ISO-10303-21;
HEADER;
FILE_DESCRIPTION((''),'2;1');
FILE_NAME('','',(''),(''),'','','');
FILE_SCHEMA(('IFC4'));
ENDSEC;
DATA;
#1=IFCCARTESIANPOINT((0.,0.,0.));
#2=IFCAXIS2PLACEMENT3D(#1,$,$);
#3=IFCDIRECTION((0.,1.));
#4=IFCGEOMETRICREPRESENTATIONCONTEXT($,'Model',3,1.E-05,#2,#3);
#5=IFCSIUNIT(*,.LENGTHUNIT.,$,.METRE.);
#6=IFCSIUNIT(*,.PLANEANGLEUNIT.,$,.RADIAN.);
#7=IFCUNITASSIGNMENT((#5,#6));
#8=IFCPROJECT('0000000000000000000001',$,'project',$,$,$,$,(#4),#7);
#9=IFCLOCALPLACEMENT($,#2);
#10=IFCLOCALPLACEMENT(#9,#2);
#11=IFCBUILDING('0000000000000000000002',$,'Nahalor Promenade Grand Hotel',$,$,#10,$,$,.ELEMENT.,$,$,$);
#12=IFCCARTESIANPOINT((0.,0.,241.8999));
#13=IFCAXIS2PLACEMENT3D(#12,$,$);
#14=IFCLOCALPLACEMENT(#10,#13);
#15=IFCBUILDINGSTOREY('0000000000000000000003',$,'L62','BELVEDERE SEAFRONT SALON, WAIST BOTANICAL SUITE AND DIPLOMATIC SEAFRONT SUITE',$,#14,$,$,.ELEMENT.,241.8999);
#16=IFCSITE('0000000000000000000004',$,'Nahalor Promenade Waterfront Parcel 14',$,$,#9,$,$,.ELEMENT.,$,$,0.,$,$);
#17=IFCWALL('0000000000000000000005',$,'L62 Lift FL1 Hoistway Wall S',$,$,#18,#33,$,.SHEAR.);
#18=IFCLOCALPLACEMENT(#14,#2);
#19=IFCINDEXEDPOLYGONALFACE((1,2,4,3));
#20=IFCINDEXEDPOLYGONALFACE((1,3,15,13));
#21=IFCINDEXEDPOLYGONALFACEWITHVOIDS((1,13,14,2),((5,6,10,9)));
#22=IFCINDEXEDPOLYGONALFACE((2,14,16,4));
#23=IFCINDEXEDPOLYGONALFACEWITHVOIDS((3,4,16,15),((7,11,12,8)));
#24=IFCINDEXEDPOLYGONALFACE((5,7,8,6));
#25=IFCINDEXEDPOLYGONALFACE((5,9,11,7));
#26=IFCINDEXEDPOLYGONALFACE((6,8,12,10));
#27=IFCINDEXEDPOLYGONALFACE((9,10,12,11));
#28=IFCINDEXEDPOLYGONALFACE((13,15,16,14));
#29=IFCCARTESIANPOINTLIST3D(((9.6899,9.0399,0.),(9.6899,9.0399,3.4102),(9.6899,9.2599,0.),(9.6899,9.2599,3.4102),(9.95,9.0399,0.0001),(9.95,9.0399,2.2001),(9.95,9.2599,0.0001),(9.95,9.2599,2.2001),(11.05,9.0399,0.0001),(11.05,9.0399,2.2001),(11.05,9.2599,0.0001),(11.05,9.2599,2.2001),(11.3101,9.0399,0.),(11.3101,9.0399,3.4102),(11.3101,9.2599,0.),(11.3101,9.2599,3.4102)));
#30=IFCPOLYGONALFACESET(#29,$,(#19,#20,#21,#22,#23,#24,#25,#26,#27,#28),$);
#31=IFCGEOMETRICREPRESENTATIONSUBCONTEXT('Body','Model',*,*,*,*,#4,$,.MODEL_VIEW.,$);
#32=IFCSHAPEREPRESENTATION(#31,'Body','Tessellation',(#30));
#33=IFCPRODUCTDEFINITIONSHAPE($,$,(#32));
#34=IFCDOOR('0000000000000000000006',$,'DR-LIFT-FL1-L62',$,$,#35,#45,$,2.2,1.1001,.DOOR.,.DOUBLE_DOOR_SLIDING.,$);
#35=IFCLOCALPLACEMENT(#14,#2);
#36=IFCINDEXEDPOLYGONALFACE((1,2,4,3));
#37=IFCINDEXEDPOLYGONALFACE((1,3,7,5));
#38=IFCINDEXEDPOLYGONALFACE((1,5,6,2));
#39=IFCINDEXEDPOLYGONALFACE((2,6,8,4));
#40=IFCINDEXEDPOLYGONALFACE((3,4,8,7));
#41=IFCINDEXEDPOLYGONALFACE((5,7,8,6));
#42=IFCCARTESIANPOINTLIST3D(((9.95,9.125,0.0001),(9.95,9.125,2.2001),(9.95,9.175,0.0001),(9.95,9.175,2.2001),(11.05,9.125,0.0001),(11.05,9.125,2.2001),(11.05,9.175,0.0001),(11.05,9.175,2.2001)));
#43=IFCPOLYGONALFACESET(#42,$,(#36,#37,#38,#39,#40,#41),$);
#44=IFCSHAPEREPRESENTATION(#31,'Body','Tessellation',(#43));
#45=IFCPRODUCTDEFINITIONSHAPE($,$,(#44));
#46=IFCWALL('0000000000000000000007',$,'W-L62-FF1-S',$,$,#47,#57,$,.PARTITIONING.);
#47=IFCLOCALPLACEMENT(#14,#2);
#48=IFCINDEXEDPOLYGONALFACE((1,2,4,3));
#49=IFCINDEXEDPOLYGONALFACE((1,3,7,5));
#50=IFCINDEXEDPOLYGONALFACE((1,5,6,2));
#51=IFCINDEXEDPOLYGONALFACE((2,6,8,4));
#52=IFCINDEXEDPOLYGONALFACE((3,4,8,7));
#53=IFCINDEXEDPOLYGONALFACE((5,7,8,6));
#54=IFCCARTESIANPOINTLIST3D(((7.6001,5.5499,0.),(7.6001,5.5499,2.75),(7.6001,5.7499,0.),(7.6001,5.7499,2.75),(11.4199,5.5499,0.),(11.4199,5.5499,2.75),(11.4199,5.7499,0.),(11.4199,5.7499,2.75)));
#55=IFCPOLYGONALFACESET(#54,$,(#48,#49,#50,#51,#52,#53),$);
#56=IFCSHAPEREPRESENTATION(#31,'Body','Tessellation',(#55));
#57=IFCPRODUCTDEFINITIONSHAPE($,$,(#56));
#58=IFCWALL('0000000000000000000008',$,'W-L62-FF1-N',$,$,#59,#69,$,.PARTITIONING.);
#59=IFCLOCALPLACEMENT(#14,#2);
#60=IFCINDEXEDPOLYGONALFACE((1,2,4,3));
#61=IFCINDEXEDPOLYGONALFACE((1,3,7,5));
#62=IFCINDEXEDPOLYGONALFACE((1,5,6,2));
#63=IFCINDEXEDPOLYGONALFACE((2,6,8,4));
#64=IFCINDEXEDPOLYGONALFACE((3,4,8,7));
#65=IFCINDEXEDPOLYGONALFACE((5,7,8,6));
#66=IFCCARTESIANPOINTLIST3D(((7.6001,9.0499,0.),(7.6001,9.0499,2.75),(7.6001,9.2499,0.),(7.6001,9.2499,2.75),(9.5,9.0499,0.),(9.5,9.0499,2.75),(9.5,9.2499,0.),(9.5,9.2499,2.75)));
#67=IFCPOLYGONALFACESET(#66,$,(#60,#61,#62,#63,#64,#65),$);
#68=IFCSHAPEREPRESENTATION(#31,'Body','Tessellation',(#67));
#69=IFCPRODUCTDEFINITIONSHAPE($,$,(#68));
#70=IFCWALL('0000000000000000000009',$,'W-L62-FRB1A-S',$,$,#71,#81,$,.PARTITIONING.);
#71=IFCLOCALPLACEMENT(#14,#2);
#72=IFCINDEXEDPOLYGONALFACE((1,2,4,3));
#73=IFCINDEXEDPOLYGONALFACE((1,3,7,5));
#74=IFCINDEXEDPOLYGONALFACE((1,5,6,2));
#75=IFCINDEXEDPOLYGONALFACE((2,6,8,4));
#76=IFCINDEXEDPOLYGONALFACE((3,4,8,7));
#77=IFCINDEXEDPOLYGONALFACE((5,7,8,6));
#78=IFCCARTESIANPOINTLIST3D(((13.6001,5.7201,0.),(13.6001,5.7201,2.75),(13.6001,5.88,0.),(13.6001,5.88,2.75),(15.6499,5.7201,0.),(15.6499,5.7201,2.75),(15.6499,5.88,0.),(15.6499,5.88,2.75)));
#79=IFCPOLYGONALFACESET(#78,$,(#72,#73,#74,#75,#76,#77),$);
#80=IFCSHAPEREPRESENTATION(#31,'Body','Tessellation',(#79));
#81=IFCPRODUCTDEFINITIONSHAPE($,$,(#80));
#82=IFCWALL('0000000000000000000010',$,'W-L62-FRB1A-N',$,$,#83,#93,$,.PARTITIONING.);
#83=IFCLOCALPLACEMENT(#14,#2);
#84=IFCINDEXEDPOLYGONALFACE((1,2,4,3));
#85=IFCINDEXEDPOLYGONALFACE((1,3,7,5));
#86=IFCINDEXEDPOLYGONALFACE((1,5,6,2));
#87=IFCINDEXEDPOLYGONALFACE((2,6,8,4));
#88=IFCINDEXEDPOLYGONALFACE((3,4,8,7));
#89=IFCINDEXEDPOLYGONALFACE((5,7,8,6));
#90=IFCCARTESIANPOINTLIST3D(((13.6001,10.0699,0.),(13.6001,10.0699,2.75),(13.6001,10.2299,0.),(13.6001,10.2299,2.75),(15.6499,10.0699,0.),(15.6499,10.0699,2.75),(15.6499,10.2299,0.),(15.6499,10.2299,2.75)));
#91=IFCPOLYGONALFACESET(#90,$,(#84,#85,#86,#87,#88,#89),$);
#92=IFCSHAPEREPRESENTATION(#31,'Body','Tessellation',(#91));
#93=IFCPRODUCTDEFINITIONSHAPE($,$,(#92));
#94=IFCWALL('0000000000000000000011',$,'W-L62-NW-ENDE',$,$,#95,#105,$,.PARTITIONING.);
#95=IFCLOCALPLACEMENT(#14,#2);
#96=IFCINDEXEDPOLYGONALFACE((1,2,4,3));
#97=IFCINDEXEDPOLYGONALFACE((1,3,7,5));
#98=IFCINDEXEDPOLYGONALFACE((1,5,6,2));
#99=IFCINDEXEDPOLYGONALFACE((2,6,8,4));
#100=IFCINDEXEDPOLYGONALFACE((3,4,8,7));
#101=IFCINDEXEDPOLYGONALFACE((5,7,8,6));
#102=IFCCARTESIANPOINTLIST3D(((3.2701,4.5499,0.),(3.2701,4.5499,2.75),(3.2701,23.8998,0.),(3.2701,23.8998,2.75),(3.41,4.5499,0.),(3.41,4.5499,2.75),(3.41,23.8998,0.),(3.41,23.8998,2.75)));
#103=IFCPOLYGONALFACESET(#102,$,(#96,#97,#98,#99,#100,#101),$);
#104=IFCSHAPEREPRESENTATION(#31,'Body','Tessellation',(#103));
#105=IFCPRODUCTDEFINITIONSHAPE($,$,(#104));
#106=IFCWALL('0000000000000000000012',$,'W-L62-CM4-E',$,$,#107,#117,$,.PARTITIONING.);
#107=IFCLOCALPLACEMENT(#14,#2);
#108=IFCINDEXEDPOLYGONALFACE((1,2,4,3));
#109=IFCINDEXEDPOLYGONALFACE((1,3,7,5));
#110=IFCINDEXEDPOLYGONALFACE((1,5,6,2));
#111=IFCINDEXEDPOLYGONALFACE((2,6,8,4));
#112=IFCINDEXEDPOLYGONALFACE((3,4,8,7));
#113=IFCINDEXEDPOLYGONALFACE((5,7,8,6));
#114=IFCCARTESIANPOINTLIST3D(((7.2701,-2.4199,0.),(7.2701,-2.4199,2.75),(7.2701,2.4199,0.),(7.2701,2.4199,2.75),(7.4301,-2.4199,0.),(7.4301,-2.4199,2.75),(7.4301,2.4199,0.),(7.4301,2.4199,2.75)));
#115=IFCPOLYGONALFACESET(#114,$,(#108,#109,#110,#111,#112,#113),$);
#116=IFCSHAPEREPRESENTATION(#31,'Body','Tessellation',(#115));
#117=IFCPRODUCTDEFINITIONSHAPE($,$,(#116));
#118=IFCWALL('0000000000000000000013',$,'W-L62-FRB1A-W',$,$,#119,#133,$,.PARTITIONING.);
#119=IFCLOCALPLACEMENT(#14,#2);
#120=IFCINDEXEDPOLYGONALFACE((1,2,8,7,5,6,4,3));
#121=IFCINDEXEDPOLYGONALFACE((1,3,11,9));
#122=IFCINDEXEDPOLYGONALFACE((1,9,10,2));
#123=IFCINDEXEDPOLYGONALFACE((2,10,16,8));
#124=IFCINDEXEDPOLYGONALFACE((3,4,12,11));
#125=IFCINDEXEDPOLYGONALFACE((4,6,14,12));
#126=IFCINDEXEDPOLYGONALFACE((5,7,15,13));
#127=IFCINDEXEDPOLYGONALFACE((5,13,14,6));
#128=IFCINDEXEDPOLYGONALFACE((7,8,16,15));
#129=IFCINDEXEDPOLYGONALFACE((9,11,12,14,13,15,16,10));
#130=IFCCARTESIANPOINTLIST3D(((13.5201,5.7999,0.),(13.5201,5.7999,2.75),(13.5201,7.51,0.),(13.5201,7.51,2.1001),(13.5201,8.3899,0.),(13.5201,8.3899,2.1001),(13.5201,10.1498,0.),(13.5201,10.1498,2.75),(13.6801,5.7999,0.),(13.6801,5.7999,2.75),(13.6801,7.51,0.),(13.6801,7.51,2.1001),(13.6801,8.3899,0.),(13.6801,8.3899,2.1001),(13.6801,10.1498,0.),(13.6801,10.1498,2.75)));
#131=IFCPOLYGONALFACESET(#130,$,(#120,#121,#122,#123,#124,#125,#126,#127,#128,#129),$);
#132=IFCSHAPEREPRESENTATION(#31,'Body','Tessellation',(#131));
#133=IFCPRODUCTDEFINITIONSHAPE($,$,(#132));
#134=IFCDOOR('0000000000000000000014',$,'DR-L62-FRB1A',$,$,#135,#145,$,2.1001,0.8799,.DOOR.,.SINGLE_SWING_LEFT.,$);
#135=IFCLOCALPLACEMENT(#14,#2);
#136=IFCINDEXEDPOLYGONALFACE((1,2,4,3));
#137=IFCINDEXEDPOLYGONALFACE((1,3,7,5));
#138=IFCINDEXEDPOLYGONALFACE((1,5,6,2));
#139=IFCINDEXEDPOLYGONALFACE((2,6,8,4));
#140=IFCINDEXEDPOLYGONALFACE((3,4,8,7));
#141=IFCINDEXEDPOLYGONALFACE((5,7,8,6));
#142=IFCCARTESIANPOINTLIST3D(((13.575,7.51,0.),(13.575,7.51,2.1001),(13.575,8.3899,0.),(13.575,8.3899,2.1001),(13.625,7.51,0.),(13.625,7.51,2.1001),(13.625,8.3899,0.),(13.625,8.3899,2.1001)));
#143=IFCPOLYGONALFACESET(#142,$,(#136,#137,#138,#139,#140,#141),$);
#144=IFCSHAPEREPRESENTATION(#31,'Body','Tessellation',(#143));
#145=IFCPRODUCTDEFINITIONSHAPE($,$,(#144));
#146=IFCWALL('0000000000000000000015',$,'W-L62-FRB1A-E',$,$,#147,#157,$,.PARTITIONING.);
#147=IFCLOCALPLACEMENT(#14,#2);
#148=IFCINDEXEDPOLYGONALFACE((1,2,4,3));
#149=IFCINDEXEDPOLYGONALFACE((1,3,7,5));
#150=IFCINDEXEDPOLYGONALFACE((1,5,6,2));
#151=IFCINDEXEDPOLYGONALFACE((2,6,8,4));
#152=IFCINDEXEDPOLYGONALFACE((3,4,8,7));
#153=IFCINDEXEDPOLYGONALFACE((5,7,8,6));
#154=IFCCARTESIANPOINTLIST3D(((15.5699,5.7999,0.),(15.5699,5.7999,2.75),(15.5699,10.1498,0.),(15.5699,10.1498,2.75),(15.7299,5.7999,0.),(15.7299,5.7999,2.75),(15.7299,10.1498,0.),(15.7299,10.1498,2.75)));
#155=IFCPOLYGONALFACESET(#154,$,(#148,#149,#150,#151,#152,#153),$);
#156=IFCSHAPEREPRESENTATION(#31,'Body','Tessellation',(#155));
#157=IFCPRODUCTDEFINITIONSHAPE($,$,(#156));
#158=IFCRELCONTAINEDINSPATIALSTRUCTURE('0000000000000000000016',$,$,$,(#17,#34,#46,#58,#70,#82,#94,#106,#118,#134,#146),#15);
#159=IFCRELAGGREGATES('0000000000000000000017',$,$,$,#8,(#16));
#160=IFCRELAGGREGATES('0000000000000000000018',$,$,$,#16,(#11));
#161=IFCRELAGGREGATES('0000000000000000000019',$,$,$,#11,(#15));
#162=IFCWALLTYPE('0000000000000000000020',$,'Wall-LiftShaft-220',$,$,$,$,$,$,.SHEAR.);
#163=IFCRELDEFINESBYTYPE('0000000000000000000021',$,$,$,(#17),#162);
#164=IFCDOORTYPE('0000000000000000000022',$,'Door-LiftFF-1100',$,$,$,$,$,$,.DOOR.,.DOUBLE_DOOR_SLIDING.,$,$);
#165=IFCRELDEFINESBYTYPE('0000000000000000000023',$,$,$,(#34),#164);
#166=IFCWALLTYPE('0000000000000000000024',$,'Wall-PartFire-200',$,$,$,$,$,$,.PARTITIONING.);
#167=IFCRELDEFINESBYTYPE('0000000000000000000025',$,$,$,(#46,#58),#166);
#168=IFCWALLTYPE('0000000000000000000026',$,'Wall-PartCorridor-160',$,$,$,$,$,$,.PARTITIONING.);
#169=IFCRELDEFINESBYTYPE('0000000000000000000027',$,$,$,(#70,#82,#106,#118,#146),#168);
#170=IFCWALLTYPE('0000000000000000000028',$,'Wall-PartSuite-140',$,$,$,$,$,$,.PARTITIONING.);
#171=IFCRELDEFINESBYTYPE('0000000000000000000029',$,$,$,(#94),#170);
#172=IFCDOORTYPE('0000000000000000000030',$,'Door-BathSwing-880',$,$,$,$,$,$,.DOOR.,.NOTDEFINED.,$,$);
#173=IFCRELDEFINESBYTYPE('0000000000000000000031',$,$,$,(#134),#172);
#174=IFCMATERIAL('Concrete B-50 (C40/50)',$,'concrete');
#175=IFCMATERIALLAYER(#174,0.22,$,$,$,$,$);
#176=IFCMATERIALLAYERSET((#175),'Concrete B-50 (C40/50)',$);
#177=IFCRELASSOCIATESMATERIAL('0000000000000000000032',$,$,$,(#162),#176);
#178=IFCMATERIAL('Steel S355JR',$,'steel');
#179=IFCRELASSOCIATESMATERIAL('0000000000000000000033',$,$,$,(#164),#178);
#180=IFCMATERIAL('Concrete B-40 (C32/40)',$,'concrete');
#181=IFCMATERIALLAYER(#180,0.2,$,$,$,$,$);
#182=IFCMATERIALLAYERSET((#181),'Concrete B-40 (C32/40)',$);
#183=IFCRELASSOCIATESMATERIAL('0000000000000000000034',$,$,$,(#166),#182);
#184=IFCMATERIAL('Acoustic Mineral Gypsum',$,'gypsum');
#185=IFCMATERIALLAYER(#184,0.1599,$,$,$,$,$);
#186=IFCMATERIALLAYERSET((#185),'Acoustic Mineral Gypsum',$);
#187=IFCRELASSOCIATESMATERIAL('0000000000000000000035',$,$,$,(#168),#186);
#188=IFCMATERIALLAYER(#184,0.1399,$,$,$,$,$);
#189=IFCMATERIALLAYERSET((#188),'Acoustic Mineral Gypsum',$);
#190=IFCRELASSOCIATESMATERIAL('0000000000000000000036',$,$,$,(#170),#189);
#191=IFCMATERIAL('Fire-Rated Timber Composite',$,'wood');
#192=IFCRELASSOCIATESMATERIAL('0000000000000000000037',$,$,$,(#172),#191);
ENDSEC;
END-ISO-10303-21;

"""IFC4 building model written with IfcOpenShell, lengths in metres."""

from ifc_helpers import new_model, si_unit, direction, frame, frame_2d, origin, place, context, subcontext, project, spatial, rectangle, extrude, source, transform, mapped, material, layer, layer_set, type_object, element, fill, save


model = new_model("IFC4")

# Units and contexts
model_context = context("Model", 3, precision=1e-05, world=origin(), true_north=direction((0.0, 1.0)))
body_context = subcontext(model_context, "Body", "Model", "MODEL_VIEW")
ifc_project = project(units=[si_unit("LENGTHUNIT", "METRE"), si_unit("PLANEANGLEUNIT", "RADIAN")], contexts=[model_context])

# Site, building, storey
site_placement = place(None, origin())
site = spatial("IfcSite", under=ifc_project, at=site_placement, Name="Nahalor Promenade Waterfront Parcel 14", CompositionType="ELEMENT", RefElevation=0.0)
building_placement = place(site_placement, origin())
building = spatial("IfcBuilding", under=site, at=building_placement, Name="Nahalor Promenade Grand Hotel", CompositionType="ELEMENT")
storey_placement = place(building_placement, frame((0.0, 0.0, 241.8999)))
storey = spatial("IfcBuildingStorey", under=building, at=storey_placement, Name="L62", Description="BELVEDERE SEAFRONT SALON, WAIST BOTANICAL SUITE AND DIPLOMATIC SEAFRONT SUITE", CompositionType="ELEMENT", Elevation=241.8999)

# Shared definitions
ifc_material_1 = material(Name="Steel S355JR", Category="steel")

# Shared definitions
ifc_material_2 = material(Name="Concrete B-50 (C40/50)", Category="concrete")

# Shared definitions
ifc_layer_1 = layer(ifc_material_2, 0.22)
ifc_layer_set_1 = layer_set([ifc_layer_1], Name="Concrete B-50 (C40/50)")
wall_type_1 = type_object("IfcWallType", Name="Wall-LiftShaft-220", PredefinedType="SHEAR", material=ifc_layer_set_1)

# Wall, opening, door
shared_shape_1 = source(origin(), body_context, "Body", "SweptSolid", [
    extrude(rectangle(XDim=1.6201, YDim=0.22, at=frame_2d((0.8101, 0.0))), origin(), (0.0, 0.0, 1.0), 3.4102),
])
wall_1_placement = place(storey_placement, frame((9.6899, 9.1499, 0.0), z_axis=(0.0, 0.0, 1.0), x_axis=(1.0, 0.0, 0.0)))
wall_1 = element("IfcWall", 1, at=wall_1_placement, inside=storey, type_object=wall_type_1, Name="L62 Lift FL1 Hoistway Wall S", PredefinedType="SHEAR", context=body_context, shape_type="MappedRepresentation", body=[
    mapped(shared_shape_1, transform((0.0, 0.0, 0.0), scale=1.0)),
])
opening_1_placement = place(wall_1_placement, frame((0.26, 0.0, 0.0)))
opening_1 = element("IfcOpeningElement", 2, at=opening_1_placement, cuts=wall_1, PredefinedType="OPENING", context=body_context, shape_type="SweptSolid", body=[
    extrude(rectangle(XDim=1.1001, YDim=2.2, at=frame_2d((0.55, 1.1001))), frame((0.0, 0.1199, 0.0), z_axis=(0.0, -1.0, 0.0), x_axis=(1.0, 0.0, 0.0)), (0.0, 0.0, 1.0), 0.24),
])
door_type_1 = type_object("IfcDoorType", Name="Door-LiftFF-1100", OperationType="DOUBLE_DOOR_SLIDING", PredefinedType="DOOR", material=ifc_material_1)
shared_shape_2 = source(origin(), body_context, "Body", "SweptSolid", [
    extrude(rectangle(XDim=1.1001, YDim=2.2, at=frame_2d((0.55, 1.1001))), frame((0.0, 0.0249, 0.0), z_axis=(0.0, -1.0, 0.0), x_axis=(1.0, 0.0, 0.0)), (0.0, 0.0, 1.0), 0.05),
])
door_1_placement = place(opening_1_placement, frame((1.1001, 0.0, 0.0), z_axis=(0.0, 0.0, 1.0), x_axis=(-1.0, 0.0, 0.0)))
door_1 = element("IfcDoor", 3, at=door_1_placement, inside=storey, type_object=door_type_1, Name="DR-LIFT-FL1-L62", OperationType="DOUBLE_DOOR_SLIDING", OverallHeight=2.2, OverallWidth=1.1001, PredefinedType="DOOR", context=body_context, shape_type="MappedRepresentation", body=[
    mapped(shared_shape_2, transform((0.0, 0.0, 0.0), scale=1.0)),
])
fill(opening_1, door_1)

# Walls
ifc_material_3 = material(Name="Concrete B-40 (C32/40)", Category="concrete")
ifc_layer_2 = layer(ifc_material_3, 0.2)
ifc_layer_set_2 = layer_set([ifc_layer_2], Name="Concrete B-40 (C32/40)")
wall_type_2 = type_object("IfcWallType", Name="Wall-PartFire-200", PredefinedType="PARTITIONING", material=ifc_layer_set_2)
shared_shape_3 = source(origin(), body_context, "Body", "SweptSolid", [
    extrude(rectangle(XDim=3.8198, YDim=0.2, at=frame_2d((1.9099, 0.0))), origin(), (0.0, 0.0, 1.0), 2.75),
])
wall_2_placement = place(storey_placement, frame((7.6001, 5.6499, 0.0), z_axis=(0.0, 0.0, 1.0), x_axis=(1.0, 0.0, 0.0)))
element("IfcWall", 4, at=wall_2_placement, inside=storey, type_object=wall_type_2, Name="W-L62-FF1-S", PredefinedType="PARTITIONING", context=body_context, shape_type="MappedRepresentation", body=[
    mapped(shared_shape_3, transform((0.0, 0.0, 0.0), scale=1.0)),
])
shared_shape_4 = source(origin(), body_context, "Body", "SweptSolid", [
    extrude(rectangle(XDim=1.8999, YDim=0.2, at=frame_2d((0.95, 0.0))), origin(), (0.0, 0.0, 1.0), 2.75),
])
wall_3_placement = place(storey_placement, frame((7.6001, 9.1499, 0.0), z_axis=(0.0, 0.0, 1.0), x_axis=(1.0, 0.0, 0.0)))
element("IfcWall", 5, at=wall_3_placement, inside=storey, type_object=wall_type_2, Name="W-L62-FF1-N", PredefinedType="PARTITIONING", context=body_context, shape_type="MappedRepresentation", body=[
    mapped(shared_shape_4, transform((0.0, 0.0, 0.0), scale=1.0)),
])

# Walls
ifc_material_4 = material(Name="Acoustic Mineral Gypsum", Category="gypsum")
ifc_layer_3 = layer(ifc_material_4, 0.1599)
ifc_layer_set_3 = layer_set([ifc_layer_3], Name="Acoustic Mineral Gypsum")
wall_type_3 = type_object("IfcWallType", Name="Wall-PartCorridor-160", PredefinedType="PARTITIONING", material=ifc_layer_set_3)
shared_shape_5 = source(origin(), body_context, "Body", "SweptSolid", [
    extrude(rectangle(XDim=2.0498, YDim=0.1599, at=frame_2d((1.0249, 0.0))), origin(), (0.0, 0.0, 1.0), 2.75),
])
for number, where, z_axis, x_axis, name in (
    (6, (13.6001, 5.8, 0.0), (0.0, 0.0, 1.0), (1.0, 0.0, 0.0), "W-L62-FRB1A-S"),
    (7, (13.6001, 10.1499, 0.0), (0.0, 0.0, 1.0), (1.0, 0.0, 0.0), "W-L62-FRB1A-N"),
):
    element("IfcWall", number, at=place(storey_placement, frame(where, z_axis=z_axis, x_axis=x_axis)), inside=storey, type_object=wall_type_3, Name=name, PredefinedType="PARTITIONING", context=body_context, shape_type="MappedRepresentation", body=[
        mapped(shared_shape_5, transform((0.0, 0.0, 0.0), scale=1.0)),
    ])
ifc_layer_4 = layer(ifc_material_4, 0.1399)
ifc_layer_set_4 = layer_set([ifc_layer_4], Name="Acoustic Mineral Gypsum")
wall_type_4 = type_object("IfcWallType", Name="Wall-PartSuite-140", PredefinedType="PARTITIONING", material=ifc_layer_set_4)
shared_shape_6 = source(origin(), body_context, "Body", "SweptSolid", [
    extrude(rectangle(XDim=19.3499, YDim=0.1399, at=frame_2d((9.6748, 0.0))), origin(), (0.0, 0.0, 1.0), 2.75),
])
wall_4_placement = place(storey_placement, frame((3.3401, 4.55, 0.0), z_axis=(0.0, 0.0, 1.0), x_axis=(0.0, 1.0, 0.0)))
element("IfcWall", 8, at=wall_4_placement, inside=storey, type_object=wall_type_4, Name="W-L62-NW-ENDE", PredefinedType="PARTITIONING", context=body_context, shape_type="MappedRepresentation", body=[
    mapped(shared_shape_6, transform((0.0, 0.0, 0.0), scale=1.0)),
])
shared_shape_7 = source(origin(), body_context, "Body", "SweptSolid", [
    extrude(rectangle(XDim=4.8398, YDim=0.1599, at=frame_2d((2.4199, 0.0))), origin(), (0.0, 0.0, 1.0), 2.75),
])
wall_5_placement = place(storey_placement, frame((7.3501, -2.4199, 0.0), z_axis=(0.0, 0.0, 1.0), x_axis=(0.0, 1.0, 0.0)))
element("IfcWall", 9, at=wall_5_placement, inside=storey, type_object=wall_type_3, Name="W-L62-CM4-E", PredefinedType="PARTITIONING", context=body_context, shape_type="MappedRepresentation", body=[
    mapped(shared_shape_7, transform((0.0, 0.0, 0.0), scale=1.0)),
])

# Wall, opening, door
shared_shape_8 = source(origin(), body_context, "Body", "SweptSolid", [
    extrude(rectangle(XDim=4.3499, YDim=0.1599, at=frame_2d((2.1748, 0.0))), origin(), (0.0, 0.0, 1.0), 2.75),
])
wall_6_placement = place(storey_placement, frame((13.6001, 5.8, 0.0), z_axis=(0.0, 0.0, 1.0), x_axis=(0.0, 1.0, 0.0)))
wall_6 = element("IfcWall", 10, at=wall_6_placement, inside=storey, type_object=wall_type_3, Name="W-L62-FRB1A-W", PredefinedType="PARTITIONING", context=body_context, shape_type="MappedRepresentation", body=[
    mapped(shared_shape_8, transform((0.0, 0.0, 0.0), scale=1.0)),
])
opening_2_placement = place(wall_6_placement, frame((1.71, 0.0, 0.0)))
opening_2 = element("IfcOpeningElement", 11, at=opening_2_placement, cuts=wall_6, PredefinedType="OPENING", context=body_context, shape_type="SweptSolid", body=[
    extrude(rectangle(XDim=0.8799, YDim=2.1001, at=frame_2d((0.4399, 1.05))), frame((0.0, 0.0898, 0.0), z_axis=(0.0, -1.0, 0.0), x_axis=(1.0, 0.0, 0.0)), (0.0, 0.0, 1.0), 0.1799),
])
ifc_material_5 = material(Name="Fire-Rated Timber Composite", Category="wood")
door_type_2 = type_object("IfcDoorType", Name="Door-BathSwing-880", OperationType="NOTDEFINED", PredefinedType="DOOR", material=ifc_material_5)
shared_shape_9 = source(origin(), body_context, "Body", "SweptSolid", [
    extrude(rectangle(XDim=0.8799, YDim=2.1001, at=frame_2d((0.4399, 1.05))), frame((0.0, 0.0249, 0.0), z_axis=(0.0, -1.0, 0.0), x_axis=(1.0, 0.0, 0.0)), (0.0, 0.0, 1.0), 0.05),
])
door_2_placement = place(opening_2_placement, frame((0.8799, 0.0, 0.0), z_axis=(0.0, 0.0, 1.0), x_axis=(-1.0, 0.0, 0.0)))
door_2 = element("IfcDoor", 12, at=door_2_placement, inside=storey, type_object=door_type_2, Name="DR-L62-FRB1A", OperationType="SINGLE_SWING_LEFT", OverallHeight=2.1001, OverallWidth=0.8799, PredefinedType="DOOR", context=body_context, shape_type="MappedRepresentation", body=[
    mapped(shared_shape_9, transform((0.0, 0.0, 0.0), scale=1.0)),
])
fill(opening_2, door_2)

# Wall
wall_7_placement = place(storey_placement, frame((15.6499, 5.8, 0.0), z_axis=(0.0, 0.0, 1.0), x_axis=(0.0, 1.0, 0.0)))
element("IfcWall", 13, at=wall_7_placement, inside=storey, type_object=wall_type_3, Name="W-L62-FRB1A-E", PredefinedType="PARTITIONING", context=body_context, shape_type="MappedRepresentation", body=[
    mapped(shared_shape_8, transform((0.0, 0.0, 0.0), scale=1.0)),
])

save(model, "model.ifc")
